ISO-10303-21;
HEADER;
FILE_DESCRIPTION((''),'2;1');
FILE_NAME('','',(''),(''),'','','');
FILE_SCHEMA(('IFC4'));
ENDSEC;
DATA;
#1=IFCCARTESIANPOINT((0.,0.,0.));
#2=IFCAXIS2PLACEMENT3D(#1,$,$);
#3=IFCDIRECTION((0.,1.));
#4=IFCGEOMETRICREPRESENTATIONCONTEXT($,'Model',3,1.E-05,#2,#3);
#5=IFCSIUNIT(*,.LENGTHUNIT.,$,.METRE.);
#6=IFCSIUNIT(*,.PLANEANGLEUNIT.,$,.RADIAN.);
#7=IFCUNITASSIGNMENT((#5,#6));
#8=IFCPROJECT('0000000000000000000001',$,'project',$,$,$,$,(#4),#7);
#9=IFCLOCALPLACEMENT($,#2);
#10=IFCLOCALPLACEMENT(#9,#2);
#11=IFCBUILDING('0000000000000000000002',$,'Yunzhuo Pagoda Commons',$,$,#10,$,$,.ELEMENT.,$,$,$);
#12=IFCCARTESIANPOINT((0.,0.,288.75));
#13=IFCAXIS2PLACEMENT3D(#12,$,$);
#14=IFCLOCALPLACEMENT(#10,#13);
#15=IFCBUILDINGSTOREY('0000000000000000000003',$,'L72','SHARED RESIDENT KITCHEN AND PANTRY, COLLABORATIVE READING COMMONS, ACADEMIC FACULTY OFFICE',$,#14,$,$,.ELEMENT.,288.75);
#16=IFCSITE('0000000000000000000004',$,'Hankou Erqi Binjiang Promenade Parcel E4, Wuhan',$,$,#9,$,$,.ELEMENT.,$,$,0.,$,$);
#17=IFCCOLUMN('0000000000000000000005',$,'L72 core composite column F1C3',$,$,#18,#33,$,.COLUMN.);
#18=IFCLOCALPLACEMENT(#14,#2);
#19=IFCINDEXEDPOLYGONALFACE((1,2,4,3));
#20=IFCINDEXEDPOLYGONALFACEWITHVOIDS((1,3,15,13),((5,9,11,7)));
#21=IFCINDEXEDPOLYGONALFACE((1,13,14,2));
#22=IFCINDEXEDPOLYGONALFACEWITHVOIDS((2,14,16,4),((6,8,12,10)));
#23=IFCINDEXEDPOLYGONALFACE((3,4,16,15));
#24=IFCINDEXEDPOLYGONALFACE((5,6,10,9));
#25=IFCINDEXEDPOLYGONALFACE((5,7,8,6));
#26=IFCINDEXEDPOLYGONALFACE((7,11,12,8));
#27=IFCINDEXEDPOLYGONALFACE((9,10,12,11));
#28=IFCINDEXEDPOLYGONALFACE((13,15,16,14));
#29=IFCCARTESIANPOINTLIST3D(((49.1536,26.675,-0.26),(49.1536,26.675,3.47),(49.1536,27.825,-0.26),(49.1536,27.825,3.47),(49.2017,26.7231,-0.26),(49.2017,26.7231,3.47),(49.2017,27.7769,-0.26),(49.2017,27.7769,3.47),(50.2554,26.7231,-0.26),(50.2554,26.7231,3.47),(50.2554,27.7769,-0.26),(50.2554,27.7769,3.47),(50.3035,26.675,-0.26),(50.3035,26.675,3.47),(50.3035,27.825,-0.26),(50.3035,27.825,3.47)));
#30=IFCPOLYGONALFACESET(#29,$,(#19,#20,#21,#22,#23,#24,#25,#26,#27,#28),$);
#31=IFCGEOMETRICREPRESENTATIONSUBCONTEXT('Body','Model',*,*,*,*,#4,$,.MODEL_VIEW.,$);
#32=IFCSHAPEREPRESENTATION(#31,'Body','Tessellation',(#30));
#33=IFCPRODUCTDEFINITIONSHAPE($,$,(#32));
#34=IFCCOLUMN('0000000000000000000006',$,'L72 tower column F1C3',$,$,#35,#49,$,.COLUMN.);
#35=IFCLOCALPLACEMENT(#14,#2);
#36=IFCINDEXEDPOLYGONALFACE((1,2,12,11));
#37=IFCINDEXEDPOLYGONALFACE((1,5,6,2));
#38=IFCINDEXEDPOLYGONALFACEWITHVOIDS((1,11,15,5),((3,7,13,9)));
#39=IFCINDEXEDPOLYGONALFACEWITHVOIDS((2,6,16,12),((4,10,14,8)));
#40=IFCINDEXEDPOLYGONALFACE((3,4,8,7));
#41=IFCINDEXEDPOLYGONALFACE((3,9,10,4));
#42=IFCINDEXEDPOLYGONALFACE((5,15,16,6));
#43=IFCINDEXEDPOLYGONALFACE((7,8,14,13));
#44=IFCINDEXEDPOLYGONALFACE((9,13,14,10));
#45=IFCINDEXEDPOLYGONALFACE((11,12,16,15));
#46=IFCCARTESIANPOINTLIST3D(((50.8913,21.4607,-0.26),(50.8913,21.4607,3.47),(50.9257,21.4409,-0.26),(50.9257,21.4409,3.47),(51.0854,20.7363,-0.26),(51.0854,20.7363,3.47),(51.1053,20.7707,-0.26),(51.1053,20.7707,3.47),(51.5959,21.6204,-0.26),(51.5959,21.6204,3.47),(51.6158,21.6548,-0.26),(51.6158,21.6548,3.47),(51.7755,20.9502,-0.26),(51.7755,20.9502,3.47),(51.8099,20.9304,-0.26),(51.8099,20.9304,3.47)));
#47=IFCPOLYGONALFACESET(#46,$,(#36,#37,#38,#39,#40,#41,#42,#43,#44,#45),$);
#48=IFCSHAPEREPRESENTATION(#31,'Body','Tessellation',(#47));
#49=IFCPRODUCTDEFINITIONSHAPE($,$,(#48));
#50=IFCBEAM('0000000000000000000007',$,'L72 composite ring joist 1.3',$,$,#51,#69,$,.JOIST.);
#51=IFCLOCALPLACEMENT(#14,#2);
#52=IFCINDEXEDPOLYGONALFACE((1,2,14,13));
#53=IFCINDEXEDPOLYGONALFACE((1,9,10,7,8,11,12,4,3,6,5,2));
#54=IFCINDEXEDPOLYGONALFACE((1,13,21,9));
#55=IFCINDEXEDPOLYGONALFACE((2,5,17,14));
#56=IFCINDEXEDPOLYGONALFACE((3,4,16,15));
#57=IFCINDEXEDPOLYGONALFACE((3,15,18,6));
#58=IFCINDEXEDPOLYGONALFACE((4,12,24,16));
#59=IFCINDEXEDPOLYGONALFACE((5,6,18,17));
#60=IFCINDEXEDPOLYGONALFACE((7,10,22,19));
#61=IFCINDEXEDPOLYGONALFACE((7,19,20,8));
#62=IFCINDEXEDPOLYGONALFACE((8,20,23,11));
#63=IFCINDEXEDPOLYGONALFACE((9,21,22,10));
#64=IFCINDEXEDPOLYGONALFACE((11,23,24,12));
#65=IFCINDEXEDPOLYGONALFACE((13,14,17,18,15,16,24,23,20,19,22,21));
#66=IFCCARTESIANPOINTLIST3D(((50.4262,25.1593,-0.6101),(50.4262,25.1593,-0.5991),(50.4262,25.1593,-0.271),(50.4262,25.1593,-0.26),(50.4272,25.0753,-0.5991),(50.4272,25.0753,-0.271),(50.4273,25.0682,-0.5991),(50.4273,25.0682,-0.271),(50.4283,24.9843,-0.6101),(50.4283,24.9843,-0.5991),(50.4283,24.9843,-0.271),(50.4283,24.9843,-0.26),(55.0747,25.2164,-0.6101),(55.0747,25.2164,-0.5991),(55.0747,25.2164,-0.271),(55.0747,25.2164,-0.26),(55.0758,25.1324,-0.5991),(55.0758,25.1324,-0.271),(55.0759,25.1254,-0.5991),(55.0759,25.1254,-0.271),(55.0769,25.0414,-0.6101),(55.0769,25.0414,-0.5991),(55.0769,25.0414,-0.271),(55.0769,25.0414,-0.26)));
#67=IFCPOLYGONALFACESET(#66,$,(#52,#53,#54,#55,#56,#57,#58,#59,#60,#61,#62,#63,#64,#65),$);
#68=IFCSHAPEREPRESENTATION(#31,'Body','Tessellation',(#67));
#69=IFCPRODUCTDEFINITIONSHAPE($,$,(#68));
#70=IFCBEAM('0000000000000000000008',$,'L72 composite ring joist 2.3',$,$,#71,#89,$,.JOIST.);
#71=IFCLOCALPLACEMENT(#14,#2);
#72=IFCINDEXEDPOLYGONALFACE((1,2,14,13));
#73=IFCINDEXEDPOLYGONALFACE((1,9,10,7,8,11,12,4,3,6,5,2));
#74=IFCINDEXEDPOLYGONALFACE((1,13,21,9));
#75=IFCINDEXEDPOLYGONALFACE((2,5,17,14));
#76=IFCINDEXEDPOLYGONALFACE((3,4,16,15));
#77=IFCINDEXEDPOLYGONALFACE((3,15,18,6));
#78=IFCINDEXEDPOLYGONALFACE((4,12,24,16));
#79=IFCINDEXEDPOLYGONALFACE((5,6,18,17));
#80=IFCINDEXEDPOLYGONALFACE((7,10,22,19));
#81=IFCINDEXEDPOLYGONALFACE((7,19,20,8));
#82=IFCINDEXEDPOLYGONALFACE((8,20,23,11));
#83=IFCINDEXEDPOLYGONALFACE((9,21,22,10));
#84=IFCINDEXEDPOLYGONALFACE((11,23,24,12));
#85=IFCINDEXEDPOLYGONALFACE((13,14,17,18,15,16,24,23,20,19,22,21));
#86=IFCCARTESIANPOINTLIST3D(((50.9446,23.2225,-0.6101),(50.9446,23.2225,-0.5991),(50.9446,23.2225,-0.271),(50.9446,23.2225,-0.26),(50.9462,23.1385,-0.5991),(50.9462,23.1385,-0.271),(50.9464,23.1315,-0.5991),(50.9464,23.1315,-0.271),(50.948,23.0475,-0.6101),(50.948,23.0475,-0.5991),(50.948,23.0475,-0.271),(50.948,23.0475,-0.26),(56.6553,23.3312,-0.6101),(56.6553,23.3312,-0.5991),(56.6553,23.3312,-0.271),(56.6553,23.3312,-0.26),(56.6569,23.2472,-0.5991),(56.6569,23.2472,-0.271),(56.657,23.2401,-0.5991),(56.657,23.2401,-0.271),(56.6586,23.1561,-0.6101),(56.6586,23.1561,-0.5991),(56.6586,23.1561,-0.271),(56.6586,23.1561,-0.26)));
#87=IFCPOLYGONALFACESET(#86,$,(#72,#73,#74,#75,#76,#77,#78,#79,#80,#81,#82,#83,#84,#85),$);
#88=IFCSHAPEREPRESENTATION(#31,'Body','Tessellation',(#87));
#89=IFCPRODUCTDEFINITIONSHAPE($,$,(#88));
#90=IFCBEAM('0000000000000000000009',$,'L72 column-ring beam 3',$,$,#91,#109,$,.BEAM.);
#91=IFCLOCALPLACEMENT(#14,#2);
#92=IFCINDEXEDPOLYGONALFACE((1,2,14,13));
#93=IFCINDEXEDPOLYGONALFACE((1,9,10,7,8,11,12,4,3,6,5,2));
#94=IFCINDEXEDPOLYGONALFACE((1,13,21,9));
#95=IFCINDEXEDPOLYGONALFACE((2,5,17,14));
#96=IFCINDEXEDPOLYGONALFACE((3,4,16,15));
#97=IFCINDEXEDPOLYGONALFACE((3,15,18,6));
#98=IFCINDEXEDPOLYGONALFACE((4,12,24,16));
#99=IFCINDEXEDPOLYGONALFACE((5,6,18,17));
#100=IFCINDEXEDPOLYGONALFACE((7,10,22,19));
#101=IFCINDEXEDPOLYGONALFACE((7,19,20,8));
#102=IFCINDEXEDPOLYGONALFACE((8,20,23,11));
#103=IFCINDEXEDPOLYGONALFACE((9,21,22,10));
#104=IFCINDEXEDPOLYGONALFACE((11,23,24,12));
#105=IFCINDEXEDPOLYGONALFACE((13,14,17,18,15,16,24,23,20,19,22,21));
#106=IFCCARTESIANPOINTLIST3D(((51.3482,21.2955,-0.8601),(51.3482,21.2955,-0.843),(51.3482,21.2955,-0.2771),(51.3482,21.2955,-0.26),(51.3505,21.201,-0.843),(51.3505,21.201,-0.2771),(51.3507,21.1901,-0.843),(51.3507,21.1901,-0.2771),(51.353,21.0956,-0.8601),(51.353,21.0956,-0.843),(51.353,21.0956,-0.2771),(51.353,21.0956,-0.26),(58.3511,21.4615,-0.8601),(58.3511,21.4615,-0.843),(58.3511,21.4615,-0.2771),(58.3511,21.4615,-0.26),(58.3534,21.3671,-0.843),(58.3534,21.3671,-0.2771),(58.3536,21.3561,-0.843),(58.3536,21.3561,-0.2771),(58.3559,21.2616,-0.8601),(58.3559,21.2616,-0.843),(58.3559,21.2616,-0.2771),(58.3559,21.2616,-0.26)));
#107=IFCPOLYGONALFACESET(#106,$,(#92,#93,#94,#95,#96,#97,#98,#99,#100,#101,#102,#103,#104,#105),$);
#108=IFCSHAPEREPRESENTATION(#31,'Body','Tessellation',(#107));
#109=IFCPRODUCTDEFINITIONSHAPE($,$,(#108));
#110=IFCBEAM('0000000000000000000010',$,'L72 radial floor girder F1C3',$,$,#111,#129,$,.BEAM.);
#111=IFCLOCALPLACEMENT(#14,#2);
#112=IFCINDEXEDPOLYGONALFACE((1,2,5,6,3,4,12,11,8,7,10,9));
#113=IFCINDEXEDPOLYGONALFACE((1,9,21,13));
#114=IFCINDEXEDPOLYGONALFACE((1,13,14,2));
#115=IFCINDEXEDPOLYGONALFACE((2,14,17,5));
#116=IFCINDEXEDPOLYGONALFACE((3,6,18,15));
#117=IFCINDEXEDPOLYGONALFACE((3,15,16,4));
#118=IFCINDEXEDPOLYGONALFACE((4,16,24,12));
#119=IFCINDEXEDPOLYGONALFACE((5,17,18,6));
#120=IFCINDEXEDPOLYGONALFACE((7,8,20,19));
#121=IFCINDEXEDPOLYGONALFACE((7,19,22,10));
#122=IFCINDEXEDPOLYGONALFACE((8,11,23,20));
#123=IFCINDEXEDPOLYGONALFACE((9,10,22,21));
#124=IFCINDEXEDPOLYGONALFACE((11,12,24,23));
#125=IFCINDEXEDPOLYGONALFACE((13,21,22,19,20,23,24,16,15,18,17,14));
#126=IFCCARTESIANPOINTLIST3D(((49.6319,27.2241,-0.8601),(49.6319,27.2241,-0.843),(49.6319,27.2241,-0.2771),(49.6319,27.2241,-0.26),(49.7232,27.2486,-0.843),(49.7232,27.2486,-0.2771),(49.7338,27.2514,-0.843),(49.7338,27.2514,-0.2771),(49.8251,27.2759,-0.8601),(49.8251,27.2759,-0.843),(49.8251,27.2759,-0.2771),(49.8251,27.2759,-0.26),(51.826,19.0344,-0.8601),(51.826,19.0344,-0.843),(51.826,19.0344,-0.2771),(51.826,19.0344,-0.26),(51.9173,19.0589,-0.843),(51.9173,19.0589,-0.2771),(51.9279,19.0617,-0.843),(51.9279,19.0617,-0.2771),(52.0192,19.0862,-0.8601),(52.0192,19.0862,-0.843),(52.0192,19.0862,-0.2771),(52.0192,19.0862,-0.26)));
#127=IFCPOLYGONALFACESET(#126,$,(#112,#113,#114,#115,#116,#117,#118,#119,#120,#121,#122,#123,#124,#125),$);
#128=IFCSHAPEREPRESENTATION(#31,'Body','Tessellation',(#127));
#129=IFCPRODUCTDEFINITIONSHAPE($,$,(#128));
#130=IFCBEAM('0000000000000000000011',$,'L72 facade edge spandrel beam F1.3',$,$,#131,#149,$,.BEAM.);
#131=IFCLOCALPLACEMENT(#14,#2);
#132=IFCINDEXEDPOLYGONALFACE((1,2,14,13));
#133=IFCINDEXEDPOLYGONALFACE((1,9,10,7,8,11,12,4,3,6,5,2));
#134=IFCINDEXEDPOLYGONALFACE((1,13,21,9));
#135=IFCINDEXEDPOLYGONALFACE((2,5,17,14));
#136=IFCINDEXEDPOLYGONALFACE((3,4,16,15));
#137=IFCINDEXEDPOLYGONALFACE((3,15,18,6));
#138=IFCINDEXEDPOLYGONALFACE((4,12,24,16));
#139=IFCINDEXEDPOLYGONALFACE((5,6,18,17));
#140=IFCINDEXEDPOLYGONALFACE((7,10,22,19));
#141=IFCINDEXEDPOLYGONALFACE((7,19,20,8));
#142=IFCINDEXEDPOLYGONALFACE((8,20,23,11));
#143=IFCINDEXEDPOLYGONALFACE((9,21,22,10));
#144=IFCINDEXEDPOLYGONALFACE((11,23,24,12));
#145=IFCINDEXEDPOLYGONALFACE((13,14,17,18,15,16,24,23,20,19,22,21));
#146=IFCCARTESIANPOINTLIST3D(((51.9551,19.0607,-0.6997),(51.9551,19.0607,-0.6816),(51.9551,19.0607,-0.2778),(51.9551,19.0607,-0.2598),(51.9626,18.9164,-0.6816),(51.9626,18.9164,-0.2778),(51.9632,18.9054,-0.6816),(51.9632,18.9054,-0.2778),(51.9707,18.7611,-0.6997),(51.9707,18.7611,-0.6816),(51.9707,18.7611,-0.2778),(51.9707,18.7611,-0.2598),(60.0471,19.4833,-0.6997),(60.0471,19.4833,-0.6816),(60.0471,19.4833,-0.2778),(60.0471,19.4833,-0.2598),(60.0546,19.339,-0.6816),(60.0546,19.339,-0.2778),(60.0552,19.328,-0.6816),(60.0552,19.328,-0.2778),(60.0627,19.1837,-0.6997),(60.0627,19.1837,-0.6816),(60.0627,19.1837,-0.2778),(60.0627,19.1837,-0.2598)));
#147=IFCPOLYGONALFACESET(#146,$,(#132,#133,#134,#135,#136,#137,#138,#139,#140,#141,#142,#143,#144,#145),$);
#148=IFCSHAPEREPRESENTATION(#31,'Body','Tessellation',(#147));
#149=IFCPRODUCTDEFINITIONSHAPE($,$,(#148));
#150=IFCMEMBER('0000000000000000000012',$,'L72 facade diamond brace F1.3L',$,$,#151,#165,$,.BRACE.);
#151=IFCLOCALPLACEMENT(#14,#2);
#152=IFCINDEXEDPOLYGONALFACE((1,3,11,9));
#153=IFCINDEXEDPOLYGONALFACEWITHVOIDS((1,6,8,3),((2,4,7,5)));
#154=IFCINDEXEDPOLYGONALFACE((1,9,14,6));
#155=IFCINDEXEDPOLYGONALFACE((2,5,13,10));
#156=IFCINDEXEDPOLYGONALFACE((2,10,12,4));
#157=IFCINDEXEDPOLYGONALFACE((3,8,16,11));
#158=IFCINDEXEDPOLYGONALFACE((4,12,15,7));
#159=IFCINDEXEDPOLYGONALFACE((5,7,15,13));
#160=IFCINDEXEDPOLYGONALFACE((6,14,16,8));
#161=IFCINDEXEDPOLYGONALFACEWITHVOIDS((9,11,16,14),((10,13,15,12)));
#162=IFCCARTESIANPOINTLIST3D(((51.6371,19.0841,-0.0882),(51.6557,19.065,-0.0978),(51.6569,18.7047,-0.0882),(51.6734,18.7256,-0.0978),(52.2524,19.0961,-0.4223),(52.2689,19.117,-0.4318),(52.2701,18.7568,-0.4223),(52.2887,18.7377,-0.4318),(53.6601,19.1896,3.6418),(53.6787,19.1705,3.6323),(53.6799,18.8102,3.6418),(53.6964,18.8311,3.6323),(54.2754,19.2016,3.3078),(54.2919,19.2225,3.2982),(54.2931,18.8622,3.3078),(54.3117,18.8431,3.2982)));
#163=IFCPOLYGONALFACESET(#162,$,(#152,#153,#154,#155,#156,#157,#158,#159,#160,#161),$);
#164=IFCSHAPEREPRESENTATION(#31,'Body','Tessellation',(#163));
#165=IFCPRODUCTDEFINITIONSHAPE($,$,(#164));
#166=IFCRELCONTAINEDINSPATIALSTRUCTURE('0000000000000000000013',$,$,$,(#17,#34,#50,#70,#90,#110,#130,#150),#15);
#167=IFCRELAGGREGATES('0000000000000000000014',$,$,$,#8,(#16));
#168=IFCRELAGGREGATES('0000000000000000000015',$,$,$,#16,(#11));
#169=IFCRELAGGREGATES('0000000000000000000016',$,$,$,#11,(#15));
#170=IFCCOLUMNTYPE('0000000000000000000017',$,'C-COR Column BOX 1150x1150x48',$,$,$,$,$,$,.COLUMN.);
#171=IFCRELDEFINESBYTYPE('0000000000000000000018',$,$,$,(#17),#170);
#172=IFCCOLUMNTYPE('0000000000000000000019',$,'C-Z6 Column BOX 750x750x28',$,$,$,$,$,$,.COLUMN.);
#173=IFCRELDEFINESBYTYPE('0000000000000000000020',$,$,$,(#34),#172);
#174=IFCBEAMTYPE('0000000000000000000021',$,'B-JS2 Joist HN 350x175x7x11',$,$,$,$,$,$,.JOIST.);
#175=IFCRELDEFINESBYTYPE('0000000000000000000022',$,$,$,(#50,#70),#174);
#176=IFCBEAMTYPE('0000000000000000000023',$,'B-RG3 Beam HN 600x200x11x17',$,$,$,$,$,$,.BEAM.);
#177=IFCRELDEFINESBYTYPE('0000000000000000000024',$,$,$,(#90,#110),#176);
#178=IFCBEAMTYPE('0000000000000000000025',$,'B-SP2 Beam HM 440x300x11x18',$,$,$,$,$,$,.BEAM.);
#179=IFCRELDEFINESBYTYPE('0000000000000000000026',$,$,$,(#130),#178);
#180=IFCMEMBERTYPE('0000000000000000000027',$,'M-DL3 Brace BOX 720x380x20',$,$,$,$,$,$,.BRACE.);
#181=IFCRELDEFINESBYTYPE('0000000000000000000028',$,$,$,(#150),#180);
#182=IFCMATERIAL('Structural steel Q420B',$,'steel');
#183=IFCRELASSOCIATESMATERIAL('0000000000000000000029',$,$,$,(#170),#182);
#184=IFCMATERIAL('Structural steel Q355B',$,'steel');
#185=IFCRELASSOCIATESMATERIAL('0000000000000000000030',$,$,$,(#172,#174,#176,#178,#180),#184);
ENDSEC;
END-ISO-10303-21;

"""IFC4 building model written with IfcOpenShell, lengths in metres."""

from ifc_helpers import new_model, si_unit, direction, frame, origin, origin_2d, place, context, subcontext, project, spatial, hollow_rectangle, i_section, extrude, source, transform, mapped, material, material_profile, profile_set, type_object, element, save


model = new_model("IFC4")

# Units and contexts
model_context = context("Model", 3, precision=1e-05, world=origin(), true_north=direction((0.0, 1.0)))
body_context = subcontext(model_context, "Body", "Model", "MODEL_VIEW")
ifc_project = project(units=[si_unit("LENGTHUNIT", "METRE"), si_unit("PLANEANGLEUNIT", "RADIAN")], contexts=[model_context])

# Site, building, storey
site_placement = place(None, origin())
site = spatial("IfcSite", under=ifc_project, at=site_placement, Name="Hankou Erqi Binjiang Promenade Parcel E4, Wuhan", CompositionType="ELEMENT", RefElevation=0.0)
building_placement = place(site_placement, origin())
building = spatial("IfcBuilding", under=site, at=building_placement, Name="Yunzhuo Pagoda Commons", CompositionType="ELEMENT")
storey_placement = place(building_placement, frame((0.0, 0.0, 288.75)))
storey = spatial("IfcBuildingStorey", under=building, at=storey_placement, Name="L72", Description="SHARED RESIDENT KITCHEN AND PANTRY, COLLABORATIVE READING COMMONS, ACADEMIC FACULTY OFFICE", CompositionType="ELEMENT", Elevation=288.75)

# Columns
ifc_material_1 = material(Name="Structural steel Q420B", Category="steel")
ifc_material_profile_1 = material_profile(ifc_material_1, hollow_rectangle(XDim=1.1499, YDim=1.1499, WallThickness=0.0481, at=origin_2d()), Name="Structural steel Q420B")
ifc_profile_set_1 = profile_set([ifc_material_profile_1], Name="Structural steel Q420B")
column_type_1 = type_object("IfcColumnType", Name="C-COR Column BOX 1150x1150x48", PredefinedType="COLUMN", material=ifc_profile_set_1)
shared_shape_1 = source(origin(), body_context, "Body", "SweptSolid", [
    extrude(hollow_rectangle(XDim=1.1499, YDim=1.1499, WallThickness=0.0481, at=origin_2d()), origin(), (0.0, 0.0, 1.0), 3.73),
])
column_1_placement = place(storey_placement, frame((49.7285, 27.25, -0.26), z_axis=(0.0, 0.0, 1.0), x_axis=(1.0, 0.0, 0.0)))
element("IfcColumn", 1, at=column_1_placement, inside=storey, type_object=column_type_1, Name="L72 core composite column F1C3", PredefinedType="COLUMN", context=body_context, shape_type="MappedRepresentation", body=[
    mapped(shared_shape_1, transform((0.0, 0.0, 0.0), scale=1.0)),
])
ifc_material_2 = material(Name="Structural steel Q355B", Category="steel")
ifc_material_profile_2 = material_profile(ifc_material_2, hollow_rectangle(XDim=0.75, YDim=0.75, WallThickness=0.0281, at=origin_2d()), Name="Structural steel Q355B")
ifc_profile_set_2 = profile_set([ifc_material_profile_2], Name="Structural steel Q355B")
column_type_2 = type_object("IfcColumnType", Name="C-Z6 Column BOX 750x750x28", PredefinedType="COLUMN", material=ifc_profile_set_2)
shared_shape_2 = source(origin(), body_context, "Body", "SweptSolid", [
    extrude(hollow_rectangle(XDim=0.75, YDim=0.75, WallThickness=0.0281, at=origin_2d()), origin(), (0.0, 0.0, 1.0), 3.73),
])
column_2_placement = place(storey_placement, frame((51.3506, 21.1956, -0.26), z_axis=(0.0, 0.0, 1.0), x_axis=(0.965926, 0.258819, 0.0)))
element("IfcColumn", 2, at=column_2_placement, inside=storey, type_object=column_type_2, Name="L72 tower column F1C3", PredefinedType="COLUMN", context=body_context, shape_type="MappedRepresentation", body=[
    mapped(shared_shape_2, transform((0.0, 0.0, 0.0), scale=1.0)),
])

# Beams
ifc_material_profile_3 = material_profile(ifc_material_2, i_section(OverallWidth=0.175, OverallDepth=0.3501, WebThickness=0.0071, FlangeThickness=0.011, at=origin_2d()), Name="Structural steel Q355B")
ifc_profile_set_3 = profile_set([ifc_material_profile_3], Name="Structural steel Q355B")
beam_type_1 = type_object("IfcBeamType", Name="B-JS2 Joist HN 350x175x7x11", PredefinedType="JOIST", material=ifc_profile_set_3)
shared_shape_3 = source(origin(), body_context, "Body", "SweptSolid", [
    extrude(i_section(OverallWidth=0.175, OverallDepth=0.3501, WebThickness=0.0071, FlangeThickness=0.011, at=origin_2d()), origin(), (0.0, 0.0, 1.0), 4.6489),
])
beam_1_placement = place(storey_placement, frame((50.4272, 25.0718, -0.4351), z_axis=(0.999924, 0.012288, 0.0), x_axis=(-0.012288, 0.999924, 0.0)))
element("IfcBeam", 3, at=beam_1_placement, inside=storey, type_object=beam_type_1, Name="L72 composite ring joist 1.3", PredefinedType="JOIST", context=body_context, shape_type="MappedRepresentation", body=[
    mapped(shared_shape_3, transform((0.0, 0.0, 0.0), scale=1.0)),
])
shared_shape_4 = source(origin(), body_context, "Body", "SweptSolid", [
    extrude(i_section(OverallWidth=0.175, OverallDepth=0.3501, WebThickness=0.0071, FlangeThickness=0.011, at=origin_2d()), origin(), (0.0, 0.0, 1.0), 5.7117),
])
beam_2_placement = place(storey_placement, frame((50.9463, 23.135, -0.4351), z_axis=(0.999819, 0.019021, 0.0), x_axis=(-0.019021, 0.999819, 0.0)))
element("IfcBeam", 4, at=beam_2_placement, inside=storey, type_object=beam_type_1, Name="L72 composite ring joist 2.3", PredefinedType="JOIST", context=body_context, shape_type="MappedRepresentation", body=[
    mapped(shared_shape_4, transform((0.0, 0.0, 0.0), scale=1.0)),
])
ifc_material_profile_4 = material_profile(ifc_material_2, i_section(OverallWidth=0.2, OverallDepth=0.6001, WebThickness=0.011, FlangeThickness=0.0171, at=origin_2d()), Name="Structural steel Q355B")
ifc_profile_set_4 = profile_set([ifc_material_profile_4], Name="Structural steel Q355B")
beam_type_2 = type_object("IfcBeamType", Name="B-RG3 Beam HN 600x200x11x17", PredefinedType="BEAM", material=ifc_profile_set_4)
shared_shape_5 = source(origin(), body_context, "Body", "SweptSolid", [
    extrude(i_section(OverallWidth=0.2, OverallDepth=0.6001, WebThickness=0.011, FlangeThickness=0.0171, at=origin_2d()), origin(), (0.0, 0.0, 1.0), 7.0049),
])
beam_3_placement = place(storey_placement, frame((51.3506, 21.1956, -0.5601), z_axis=(0.999719, 0.0237, 0.0), x_axis=(-0.0237, 0.999719, 0.0)))
element("IfcBeam", 5, at=beam_3_placement, inside=storey, type_object=beam_type_2, Name="L72 column-ring beam 3", PredefinedType="BEAM", context=body_context, shape_type="MappedRepresentation", body=[
    mapped(shared_shape_5, transform((0.0, 0.0, 0.0), scale=1.0)),
])
shared_shape_6 = source(origin(), body_context, "Body", "SweptSolid", [
    extrude(i_section(OverallWidth=0.2, OverallDepth=0.6001, WebThickness=0.011, FlangeThickness=0.0171, at=origin_2d()), origin(), (0.0, 0.0, 1.0), 8.4785),
])
beam_4_placement = place(storey_placement, frame((51.9226, 19.0603, -0.5601), z_axis=(-0.258783, 0.965936, 0.0), x_axis=(-0.965936, -0.258783, 0.0)))
element("IfcBeam", 6, at=beam_4_placement, inside=storey, type_object=beam_type_2, Name="L72 radial floor girder F1C3", PredefinedType="BEAM", context=body_context, shape_type="MappedRepresentation", body=[
    mapped(shared_shape_6, transform((0.0, 0.0, 0.0), scale=1.0)),
])
ifc_material_profile_5 = material_profile(ifc_material_2, i_section(OverallWidth=0.3, OverallDepth=0.4399, WebThickness=0.011, FlangeThickness=0.0181, at=origin_2d()), Name="Structural steel Q355B")
ifc_profile_set_5 = profile_set([ifc_material_profile_5], Name="Structural steel Q355B")
beam_type_3 = type_object("IfcBeamType", Name="B-SP2 Beam HM 440x300x11x18", PredefinedType="BEAM", material=ifc_profile_set_5)
shared_shape_7 = source(origin(), body_context, "Body", "SweptSolid", [
    extrude(i_section(OverallWidth=0.3, OverallDepth=0.4399, WebThickness=0.011, FlangeThickness=0.0181, at=origin_2d()), origin(), (0.0, 0.0, 1.0), 8.103),
])
beam_5_placement = place(storey_placement, frame((51.9629, 18.9109, -0.4797), z_axis=(0.998639, 0.052154, 0.0), x_axis=(-0.052154, 0.998639, 0.0)))
element("IfcBeam", 7, at=beam_5_placement, inside=storey, type_object=beam_type_3, Name="L72 facade edge spandrel beam F1.3", PredefinedType="BEAM", context=body_context, shape_type="MappedRepresentation", body=[
    mapped(shared_shape_7, transform((0.0, 0.0, 0.0), scale=1.0)),
])

# Member
ifc_material_profile_6 = material_profile(ifc_material_2, hollow_rectangle(XDim=0.3799, YDim=0.72, WallThickness=0.02, at=origin_2d()), Name="Structural steel Q355B")
ifc_profile_set_6 = profile_set([ifc_material_profile_6], Name="Structural steel Q355B")
member_type_1 = type_object("IfcMemberType", Name="M-DL3 Brace BOX 720x380x20", PredefinedType="BRACE", material=ifc_profile_set_6)
shared_shape_8 = source(origin(), body_context, "Body", "SweptSolid", [
    extrude(hollow_rectangle(XDim=0.3799, YDim=0.72, WallThickness=0.02, at=origin_2d()), origin(), (0.0, 0.0, 1.0), 4.2446),
])
member_1_placement = place(storey_placement, frame((51.9629, 18.9109, -0.26), z_axis=(0.476599, 0.024848, 0.878769), x_axis=(-0.052065, 0.998644, 0.0)))
element("IfcMember", 8, at=member_1_placement, inside=storey, type_object=member_type_1, Name="L72 facade diamond brace F1.3L", PredefinedType="BRACE", context=body_context, shape_type="MappedRepresentation", body=[
    mapped(shared_shape_8, transform((0.0, 0.0, 0.0), scale=1.0)),
])

save(model, "model.ifc")
